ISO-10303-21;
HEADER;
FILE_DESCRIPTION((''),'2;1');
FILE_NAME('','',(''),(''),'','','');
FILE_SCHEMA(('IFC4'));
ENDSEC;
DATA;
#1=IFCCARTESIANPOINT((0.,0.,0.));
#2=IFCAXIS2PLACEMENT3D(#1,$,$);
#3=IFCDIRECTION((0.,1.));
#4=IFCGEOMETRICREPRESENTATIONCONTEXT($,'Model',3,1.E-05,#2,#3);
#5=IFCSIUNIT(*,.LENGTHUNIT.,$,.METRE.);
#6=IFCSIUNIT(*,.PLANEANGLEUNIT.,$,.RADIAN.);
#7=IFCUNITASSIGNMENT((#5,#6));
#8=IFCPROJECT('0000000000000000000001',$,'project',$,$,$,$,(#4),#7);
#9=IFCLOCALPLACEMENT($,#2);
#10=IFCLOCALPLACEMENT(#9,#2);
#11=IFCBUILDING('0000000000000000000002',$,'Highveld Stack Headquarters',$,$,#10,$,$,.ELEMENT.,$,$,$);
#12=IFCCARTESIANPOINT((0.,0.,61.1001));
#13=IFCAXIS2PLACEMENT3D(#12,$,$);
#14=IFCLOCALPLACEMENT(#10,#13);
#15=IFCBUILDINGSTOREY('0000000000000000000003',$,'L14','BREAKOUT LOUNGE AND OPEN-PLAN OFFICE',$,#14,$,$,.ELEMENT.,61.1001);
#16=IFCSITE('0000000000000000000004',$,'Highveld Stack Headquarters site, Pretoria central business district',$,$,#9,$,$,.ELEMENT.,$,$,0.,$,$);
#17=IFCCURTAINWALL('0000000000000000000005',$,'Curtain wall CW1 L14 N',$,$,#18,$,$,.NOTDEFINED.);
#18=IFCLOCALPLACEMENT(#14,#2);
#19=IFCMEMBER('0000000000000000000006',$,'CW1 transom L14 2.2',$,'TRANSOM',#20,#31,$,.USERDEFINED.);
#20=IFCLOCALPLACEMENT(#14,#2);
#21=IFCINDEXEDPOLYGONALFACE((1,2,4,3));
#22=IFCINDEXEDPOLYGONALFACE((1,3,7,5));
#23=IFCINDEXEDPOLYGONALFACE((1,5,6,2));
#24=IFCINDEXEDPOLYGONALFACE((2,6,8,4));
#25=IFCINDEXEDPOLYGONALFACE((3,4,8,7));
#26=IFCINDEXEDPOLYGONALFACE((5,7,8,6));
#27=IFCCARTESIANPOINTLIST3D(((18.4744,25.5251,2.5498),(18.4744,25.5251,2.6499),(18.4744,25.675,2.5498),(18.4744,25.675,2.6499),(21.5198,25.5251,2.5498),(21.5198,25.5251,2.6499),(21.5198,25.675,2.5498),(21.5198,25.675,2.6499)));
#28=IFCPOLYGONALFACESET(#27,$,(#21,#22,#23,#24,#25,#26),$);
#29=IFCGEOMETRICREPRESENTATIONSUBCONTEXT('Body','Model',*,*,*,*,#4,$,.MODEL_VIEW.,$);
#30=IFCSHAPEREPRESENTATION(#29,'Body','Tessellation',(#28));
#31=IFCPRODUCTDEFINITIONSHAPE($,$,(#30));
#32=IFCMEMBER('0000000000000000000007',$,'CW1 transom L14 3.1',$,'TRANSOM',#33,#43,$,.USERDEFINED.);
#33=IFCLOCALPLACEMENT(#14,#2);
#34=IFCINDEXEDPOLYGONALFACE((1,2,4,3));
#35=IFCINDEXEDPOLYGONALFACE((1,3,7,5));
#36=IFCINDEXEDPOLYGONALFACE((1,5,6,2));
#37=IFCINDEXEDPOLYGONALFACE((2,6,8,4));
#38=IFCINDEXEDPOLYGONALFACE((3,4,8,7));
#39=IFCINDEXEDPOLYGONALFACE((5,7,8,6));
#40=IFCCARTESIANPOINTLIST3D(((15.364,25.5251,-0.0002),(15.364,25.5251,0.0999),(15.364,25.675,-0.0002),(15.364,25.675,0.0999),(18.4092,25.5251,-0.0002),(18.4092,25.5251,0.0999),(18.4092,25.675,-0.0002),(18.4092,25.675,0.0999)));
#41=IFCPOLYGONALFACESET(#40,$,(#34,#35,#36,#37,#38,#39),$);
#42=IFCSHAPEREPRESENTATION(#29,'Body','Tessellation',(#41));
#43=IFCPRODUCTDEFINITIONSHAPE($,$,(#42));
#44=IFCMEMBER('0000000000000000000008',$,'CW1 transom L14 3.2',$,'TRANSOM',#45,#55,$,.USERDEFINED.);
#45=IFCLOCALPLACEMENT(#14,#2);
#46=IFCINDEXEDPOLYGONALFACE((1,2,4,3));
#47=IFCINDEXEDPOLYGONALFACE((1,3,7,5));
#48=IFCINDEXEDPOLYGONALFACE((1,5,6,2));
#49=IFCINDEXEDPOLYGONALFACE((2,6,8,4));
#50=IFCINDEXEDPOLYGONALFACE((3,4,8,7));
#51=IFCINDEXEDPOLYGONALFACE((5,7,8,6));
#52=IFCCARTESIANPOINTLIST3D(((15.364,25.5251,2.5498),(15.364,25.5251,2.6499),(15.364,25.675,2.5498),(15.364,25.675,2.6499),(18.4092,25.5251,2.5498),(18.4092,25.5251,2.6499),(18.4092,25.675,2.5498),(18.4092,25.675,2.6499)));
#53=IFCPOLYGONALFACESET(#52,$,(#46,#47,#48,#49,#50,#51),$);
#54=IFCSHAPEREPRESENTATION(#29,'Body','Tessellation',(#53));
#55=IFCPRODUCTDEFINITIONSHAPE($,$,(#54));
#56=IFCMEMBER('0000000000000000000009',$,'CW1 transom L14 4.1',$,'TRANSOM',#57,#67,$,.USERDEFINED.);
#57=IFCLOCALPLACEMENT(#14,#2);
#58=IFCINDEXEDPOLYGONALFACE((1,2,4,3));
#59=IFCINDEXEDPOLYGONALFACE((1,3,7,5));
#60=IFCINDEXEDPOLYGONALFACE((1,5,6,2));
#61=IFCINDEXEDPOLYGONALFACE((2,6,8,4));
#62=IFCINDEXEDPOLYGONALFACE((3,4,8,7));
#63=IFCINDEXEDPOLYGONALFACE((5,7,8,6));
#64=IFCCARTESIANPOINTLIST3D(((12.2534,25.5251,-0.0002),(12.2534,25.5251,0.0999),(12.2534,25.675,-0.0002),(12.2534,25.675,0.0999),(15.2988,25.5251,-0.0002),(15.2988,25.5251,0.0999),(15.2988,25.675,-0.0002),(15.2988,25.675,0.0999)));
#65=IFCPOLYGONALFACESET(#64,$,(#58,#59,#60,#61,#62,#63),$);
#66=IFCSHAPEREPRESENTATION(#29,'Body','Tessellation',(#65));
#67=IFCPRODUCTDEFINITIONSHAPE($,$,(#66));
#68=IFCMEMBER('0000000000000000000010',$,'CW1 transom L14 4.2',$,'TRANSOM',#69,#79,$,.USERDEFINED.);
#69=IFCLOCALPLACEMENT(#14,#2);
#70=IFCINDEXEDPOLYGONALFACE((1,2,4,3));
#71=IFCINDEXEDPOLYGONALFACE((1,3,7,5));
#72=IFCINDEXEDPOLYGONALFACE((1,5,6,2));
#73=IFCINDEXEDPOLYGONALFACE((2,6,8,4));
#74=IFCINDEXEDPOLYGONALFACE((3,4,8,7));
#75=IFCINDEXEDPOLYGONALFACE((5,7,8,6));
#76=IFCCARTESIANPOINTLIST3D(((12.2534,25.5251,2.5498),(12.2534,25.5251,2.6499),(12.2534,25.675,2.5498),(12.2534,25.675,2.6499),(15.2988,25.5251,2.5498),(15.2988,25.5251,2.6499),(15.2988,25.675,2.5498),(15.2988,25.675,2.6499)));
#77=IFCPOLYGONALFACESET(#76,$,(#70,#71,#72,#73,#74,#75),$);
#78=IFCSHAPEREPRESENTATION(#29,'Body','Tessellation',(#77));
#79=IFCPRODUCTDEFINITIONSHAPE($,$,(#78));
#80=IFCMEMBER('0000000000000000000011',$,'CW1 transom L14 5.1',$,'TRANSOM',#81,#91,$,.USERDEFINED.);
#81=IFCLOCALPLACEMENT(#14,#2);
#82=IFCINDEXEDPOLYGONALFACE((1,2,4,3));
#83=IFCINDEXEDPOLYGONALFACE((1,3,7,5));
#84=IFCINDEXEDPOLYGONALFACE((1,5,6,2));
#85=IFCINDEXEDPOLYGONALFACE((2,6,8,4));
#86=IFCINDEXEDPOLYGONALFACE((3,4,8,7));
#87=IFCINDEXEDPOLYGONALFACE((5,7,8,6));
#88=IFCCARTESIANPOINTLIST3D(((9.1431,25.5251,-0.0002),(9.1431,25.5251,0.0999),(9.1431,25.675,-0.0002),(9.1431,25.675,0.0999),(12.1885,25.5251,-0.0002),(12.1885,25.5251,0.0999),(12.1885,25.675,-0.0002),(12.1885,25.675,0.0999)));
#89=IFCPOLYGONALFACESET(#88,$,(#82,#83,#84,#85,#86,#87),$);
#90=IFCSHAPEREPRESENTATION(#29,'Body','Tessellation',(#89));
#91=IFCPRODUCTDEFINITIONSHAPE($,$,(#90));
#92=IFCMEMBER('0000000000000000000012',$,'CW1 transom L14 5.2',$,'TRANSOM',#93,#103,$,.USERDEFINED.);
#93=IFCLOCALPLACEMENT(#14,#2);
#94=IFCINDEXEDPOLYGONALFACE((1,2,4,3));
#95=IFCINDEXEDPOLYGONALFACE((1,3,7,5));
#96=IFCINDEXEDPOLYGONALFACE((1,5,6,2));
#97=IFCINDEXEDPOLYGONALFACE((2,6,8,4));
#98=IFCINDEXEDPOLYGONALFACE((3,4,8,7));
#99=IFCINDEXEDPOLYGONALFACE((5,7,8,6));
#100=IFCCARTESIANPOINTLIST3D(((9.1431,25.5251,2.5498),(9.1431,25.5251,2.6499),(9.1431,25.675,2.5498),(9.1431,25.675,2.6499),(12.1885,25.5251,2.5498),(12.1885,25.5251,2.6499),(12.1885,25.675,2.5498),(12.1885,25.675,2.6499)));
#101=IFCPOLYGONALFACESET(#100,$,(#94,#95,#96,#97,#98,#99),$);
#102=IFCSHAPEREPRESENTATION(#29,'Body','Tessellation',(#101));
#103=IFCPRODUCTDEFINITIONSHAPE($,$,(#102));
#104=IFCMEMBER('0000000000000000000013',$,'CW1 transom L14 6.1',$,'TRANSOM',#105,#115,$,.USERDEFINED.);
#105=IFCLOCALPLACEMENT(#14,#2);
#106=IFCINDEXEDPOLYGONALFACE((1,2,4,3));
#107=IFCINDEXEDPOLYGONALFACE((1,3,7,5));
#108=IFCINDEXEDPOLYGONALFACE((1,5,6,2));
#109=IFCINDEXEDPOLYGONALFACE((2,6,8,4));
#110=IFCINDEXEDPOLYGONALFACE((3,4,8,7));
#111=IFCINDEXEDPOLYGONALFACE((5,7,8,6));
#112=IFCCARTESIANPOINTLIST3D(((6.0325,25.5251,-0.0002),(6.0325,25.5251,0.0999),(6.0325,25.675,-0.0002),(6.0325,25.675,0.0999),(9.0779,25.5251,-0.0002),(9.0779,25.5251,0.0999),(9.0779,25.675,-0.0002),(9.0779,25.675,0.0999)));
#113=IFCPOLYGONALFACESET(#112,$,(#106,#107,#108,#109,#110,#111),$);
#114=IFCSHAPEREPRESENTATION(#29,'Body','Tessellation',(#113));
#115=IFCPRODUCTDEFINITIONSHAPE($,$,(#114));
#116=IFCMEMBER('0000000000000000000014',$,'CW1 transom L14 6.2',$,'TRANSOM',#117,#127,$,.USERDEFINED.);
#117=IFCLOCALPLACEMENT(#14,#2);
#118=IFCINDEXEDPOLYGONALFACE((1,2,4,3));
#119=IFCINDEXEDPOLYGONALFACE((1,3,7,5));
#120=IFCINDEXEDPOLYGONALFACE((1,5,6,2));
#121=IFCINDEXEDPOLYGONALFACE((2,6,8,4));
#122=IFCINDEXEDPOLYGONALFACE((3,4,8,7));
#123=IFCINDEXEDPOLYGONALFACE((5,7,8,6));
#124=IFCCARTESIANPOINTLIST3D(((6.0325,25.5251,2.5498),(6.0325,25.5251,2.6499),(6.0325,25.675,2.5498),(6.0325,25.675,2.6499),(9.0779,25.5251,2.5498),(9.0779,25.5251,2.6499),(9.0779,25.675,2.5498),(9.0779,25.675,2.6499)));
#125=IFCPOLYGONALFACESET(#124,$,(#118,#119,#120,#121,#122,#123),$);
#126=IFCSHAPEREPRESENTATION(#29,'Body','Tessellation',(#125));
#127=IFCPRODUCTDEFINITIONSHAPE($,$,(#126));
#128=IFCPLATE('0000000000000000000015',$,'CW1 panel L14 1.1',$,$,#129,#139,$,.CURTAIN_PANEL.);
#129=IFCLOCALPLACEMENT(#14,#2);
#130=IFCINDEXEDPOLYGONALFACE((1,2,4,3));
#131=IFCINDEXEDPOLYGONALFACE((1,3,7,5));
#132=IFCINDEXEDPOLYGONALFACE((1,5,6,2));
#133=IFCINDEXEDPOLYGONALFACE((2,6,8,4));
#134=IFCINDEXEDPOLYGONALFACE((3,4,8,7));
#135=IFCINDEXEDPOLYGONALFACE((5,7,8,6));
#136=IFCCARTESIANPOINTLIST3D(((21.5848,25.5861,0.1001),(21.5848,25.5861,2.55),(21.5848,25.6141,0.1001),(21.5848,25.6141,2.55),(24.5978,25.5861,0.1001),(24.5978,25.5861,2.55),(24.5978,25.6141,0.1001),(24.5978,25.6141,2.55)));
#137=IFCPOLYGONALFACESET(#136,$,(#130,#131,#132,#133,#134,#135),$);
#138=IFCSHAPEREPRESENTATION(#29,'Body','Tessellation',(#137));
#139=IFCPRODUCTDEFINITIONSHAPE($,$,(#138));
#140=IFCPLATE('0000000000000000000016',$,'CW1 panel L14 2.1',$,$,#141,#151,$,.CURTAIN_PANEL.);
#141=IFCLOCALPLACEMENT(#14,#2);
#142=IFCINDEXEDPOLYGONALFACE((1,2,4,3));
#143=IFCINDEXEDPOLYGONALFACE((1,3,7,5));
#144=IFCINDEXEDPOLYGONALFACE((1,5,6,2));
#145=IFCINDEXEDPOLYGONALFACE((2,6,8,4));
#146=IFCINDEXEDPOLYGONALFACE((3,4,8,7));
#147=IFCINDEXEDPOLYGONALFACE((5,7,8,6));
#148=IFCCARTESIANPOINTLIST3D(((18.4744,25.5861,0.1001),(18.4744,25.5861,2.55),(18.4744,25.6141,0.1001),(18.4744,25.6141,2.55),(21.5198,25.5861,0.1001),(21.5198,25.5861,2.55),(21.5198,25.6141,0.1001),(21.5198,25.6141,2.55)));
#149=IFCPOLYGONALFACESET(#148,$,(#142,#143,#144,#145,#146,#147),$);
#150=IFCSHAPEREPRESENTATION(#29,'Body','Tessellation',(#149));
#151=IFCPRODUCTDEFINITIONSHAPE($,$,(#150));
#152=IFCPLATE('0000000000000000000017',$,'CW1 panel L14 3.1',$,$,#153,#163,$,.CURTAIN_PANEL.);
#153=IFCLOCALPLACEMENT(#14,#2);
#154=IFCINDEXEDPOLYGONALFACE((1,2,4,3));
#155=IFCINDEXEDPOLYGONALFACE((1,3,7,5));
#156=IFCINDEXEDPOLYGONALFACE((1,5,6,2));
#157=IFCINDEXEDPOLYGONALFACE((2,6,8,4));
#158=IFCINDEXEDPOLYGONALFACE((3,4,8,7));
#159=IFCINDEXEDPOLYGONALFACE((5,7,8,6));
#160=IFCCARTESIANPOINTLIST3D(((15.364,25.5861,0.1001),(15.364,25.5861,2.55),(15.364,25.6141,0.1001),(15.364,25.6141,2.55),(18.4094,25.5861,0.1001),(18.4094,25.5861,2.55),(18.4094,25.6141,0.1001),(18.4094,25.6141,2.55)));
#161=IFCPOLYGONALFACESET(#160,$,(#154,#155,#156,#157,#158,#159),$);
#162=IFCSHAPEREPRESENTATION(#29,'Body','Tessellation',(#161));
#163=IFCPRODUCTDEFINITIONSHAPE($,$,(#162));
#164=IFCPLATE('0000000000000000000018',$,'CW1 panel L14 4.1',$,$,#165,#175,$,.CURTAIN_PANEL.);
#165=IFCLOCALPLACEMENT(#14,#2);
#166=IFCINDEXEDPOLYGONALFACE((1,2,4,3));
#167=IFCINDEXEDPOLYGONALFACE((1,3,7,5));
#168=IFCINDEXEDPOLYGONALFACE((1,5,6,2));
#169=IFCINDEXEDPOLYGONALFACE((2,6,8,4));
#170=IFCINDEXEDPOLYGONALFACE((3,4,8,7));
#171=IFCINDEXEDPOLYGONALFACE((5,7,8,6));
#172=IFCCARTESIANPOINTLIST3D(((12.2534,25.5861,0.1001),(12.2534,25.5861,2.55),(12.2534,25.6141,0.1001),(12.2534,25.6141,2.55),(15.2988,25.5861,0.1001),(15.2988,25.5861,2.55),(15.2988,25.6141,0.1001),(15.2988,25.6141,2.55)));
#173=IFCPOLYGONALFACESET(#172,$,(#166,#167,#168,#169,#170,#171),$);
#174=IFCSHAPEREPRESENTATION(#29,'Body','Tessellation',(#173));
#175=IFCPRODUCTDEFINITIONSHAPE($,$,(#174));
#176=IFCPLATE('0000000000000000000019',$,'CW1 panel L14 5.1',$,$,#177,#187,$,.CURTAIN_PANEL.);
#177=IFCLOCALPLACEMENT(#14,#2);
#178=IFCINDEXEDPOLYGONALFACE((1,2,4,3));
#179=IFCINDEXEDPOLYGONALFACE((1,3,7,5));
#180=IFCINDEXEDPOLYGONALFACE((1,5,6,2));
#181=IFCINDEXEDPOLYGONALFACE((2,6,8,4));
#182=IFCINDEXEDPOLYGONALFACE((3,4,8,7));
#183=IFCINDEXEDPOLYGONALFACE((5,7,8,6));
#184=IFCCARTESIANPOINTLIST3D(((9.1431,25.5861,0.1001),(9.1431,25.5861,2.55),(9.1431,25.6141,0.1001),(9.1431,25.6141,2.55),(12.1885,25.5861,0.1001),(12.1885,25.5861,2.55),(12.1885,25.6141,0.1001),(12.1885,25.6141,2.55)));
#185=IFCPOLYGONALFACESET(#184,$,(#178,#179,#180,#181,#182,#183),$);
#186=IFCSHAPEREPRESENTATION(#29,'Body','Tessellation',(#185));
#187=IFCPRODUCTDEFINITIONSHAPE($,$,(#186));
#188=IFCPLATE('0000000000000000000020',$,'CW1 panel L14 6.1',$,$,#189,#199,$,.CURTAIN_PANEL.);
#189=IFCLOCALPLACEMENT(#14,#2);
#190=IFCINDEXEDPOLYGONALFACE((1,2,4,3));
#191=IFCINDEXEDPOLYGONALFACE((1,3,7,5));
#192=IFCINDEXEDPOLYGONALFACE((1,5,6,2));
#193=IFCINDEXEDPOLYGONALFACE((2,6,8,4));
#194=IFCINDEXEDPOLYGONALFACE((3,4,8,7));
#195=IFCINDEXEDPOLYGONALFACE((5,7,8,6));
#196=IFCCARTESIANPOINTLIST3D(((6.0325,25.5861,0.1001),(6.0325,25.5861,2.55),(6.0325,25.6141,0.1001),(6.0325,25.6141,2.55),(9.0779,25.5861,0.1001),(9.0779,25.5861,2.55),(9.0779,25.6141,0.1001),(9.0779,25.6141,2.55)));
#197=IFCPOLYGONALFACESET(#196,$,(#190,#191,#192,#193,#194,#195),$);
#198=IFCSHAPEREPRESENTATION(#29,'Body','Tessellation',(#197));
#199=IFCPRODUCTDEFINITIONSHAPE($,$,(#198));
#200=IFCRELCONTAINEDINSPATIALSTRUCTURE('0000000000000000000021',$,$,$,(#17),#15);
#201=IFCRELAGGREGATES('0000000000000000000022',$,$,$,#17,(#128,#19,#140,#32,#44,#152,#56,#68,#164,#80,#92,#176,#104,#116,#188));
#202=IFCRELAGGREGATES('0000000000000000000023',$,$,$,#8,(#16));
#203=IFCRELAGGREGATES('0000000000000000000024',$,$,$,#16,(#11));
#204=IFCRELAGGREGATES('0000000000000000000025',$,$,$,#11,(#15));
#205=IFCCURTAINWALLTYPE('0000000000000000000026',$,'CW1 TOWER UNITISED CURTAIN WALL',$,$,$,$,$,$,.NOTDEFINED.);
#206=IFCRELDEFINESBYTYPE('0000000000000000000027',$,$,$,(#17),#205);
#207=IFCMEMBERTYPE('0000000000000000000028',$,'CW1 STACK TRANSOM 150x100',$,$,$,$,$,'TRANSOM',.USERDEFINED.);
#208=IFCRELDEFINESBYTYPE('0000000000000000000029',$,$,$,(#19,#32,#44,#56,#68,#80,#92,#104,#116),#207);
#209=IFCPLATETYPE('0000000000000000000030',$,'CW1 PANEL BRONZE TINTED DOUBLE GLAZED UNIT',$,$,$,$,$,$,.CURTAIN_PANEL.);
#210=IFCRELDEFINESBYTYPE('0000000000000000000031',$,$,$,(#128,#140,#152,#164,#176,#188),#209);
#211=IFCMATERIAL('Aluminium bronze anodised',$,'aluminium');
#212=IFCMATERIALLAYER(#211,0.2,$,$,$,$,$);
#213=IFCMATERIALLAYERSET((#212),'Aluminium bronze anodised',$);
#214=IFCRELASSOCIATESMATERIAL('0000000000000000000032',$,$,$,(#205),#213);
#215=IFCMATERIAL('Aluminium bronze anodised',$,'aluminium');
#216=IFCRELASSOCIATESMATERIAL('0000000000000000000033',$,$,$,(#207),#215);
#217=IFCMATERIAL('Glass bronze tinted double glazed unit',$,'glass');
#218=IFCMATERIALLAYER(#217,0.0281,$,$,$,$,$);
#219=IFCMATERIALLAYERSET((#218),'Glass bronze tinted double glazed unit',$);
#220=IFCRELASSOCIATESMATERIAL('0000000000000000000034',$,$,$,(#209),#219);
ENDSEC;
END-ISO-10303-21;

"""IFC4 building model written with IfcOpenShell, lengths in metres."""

from ifc_helpers import new_model, si_unit, direction, frame, origin, origin_2d, place, context, subcontext, project, spatial, rectangle, extrude, material, layer, layer_set, material_profile, profile_set, type_object, element, aggregate, save


model = new_model("IFC4")

# Units and contexts
model_context = context("Model", 3, precision=1e-05, world=origin(), true_north=direction((0.0, 1.0)))
body_context = subcontext(model_context, "Body", "Model", "MODEL_VIEW")
ifc_project = project(units=[si_unit("LENGTHUNIT", "METRE"), si_unit("PLANEANGLEUNIT", "RADIAN")], contexts=[model_context])

# Site, building, storey
site_placement = place(None, origin())
site = spatial("IfcSite", under=ifc_project, at=site_placement, Name="Highveld Stack Headquarters site, Pretoria central business district", CompositionType="ELEMENT", RefElevation=0.0)
building_placement = place(site_placement, origin())
building = spatial("IfcBuilding", under=site, at=building_placement, Name="Highveld Stack Headquarters", CompositionType="ELEMENT")
storey_placement = place(building_placement, frame((0.0, 0.0, 61.1001)))
storey = spatial("IfcBuildingStorey", under=building, at=storey_placement, Name="L14", Description="BREAKOUT LOUNGE AND OPEN-PLAN OFFICE", CompositionType="ELEMENT", Elevation=61.1001)

# Curtain wall, members, plates
ifc_material_1 = material(Name="Aluminium bronze anodised", Category="aluminium")
ifc_layer_1 = layer(ifc_material_1, 0.2)
ifc_layer_set_1 = layer_set([ifc_layer_1], Name="Aluminium bronze anodised")
curtain_wall_type = type_object("IfcCurtainWallType", Name="CW1 TOWER UNITISED CURTAIN WALL", PredefinedType="NOTDEFINED", material=ifc_layer_set_1)
curtain_wall_placement = place(storey_placement, origin())
curtain_wall = element("IfcCurtainWall", 1, at=curtain_wall_placement, inside=storey, type_object=curtain_wall_type, Name="Curtain wall CW1 L14 N", PredefinedType="NOTDEFINED")
ifc_material_2 = material(Name="Aluminium bronze anodised", Category="aluminium")
ifc_material_profile_1 = material_profile(ifc_material_2, rectangle(XDim=0.1499, YDim=0.1001, at=origin_2d()), Name="CW1 TRANSOM 150x100")
ifc_profile_set_1 = profile_set([ifc_material_profile_1], Name="Aluminium bronze anodised")
member_type_1 = type_object("IfcMemberType", Name="CW1 STACK TRANSOM 150x100", ElementType="TRANSOM", PredefinedType="USERDEFINED", material=ifc_profile_set_1)
member_1_placement = place(storey_placement, frame((21.5198, 25.6001, 2.5999), z_axis=(-1.0, 0.0, 0.0), x_axis=(0.0, -1.0, 0.0)))
member_1 = element("IfcMember", 2, at=member_1_placement, type_object=member_type_1, Name="CW1 transom L14 2.2", ObjectType="TRANSOM", PredefinedType="USERDEFINED", context=body_context, shape_type="SweptSolid", body=[
    extrude(rectangle(XDim=0.1499, YDim=0.1001, at=origin_2d()), origin(), (0.0, 0.0, 1.0), 3.0454),
])
member_2_placement = place(storey_placement, frame((18.4092, 25.6001, 0.0498), z_axis=(-1.0, 0.0, 0.0), x_axis=(0.0, -1.0, 0.0)))
member_2 = element("IfcMember", 3, at=member_2_placement, type_object=member_type_1, Name="CW1 transom L14 3.1", ObjectType="TRANSOM", PredefinedType="USERDEFINED", context=body_context, shape_type="SweptSolid", body=[
    extrude(rectangle(XDim=0.1499, YDim=0.1001, at=origin_2d()), origin(), (0.0, 0.0, 1.0), 3.0452),
])
member_3_placement = place(storey_placement, frame((18.4092, 25.6001, 2.5999), z_axis=(-1.0, 0.0, 0.0), x_axis=(0.0, -1.0, 0.0)))
member_3 = element("IfcMember", 4, at=member_3_placement, type_object=member_type_1, Name="CW1 transom L14 3.2", ObjectType="TRANSOM", PredefinedType="USERDEFINED", context=body_context, shape_type="SweptSolid", body=[
    extrude(rectangle(XDim=0.1499, YDim=0.1001, at=origin_2d()), origin(), (0.0, 0.0, 1.0), 3.0452),
])
member_4_placement = place(storey_placement, frame((15.2988, 25.6001, 0.0498), z_axis=(-1.0, 0.0, 0.0), x_axis=(0.0, -1.0, 0.0)))
member_4 = element("IfcMember", 5, at=member_4_placement, type_object=member_type_1, Name="CW1 transom L14 4.1", ObjectType="TRANSOM", PredefinedType="USERDEFINED", context=body_context, shape_type="SweptSolid", body=[
    extrude(rectangle(XDim=0.1499, YDim=0.1001, at=origin_2d()), origin(), (0.0, 0.0, 1.0), 3.0454),
])
member_5_placement = place(storey_placement, frame((15.2988, 25.6001, 2.5999), z_axis=(-1.0, 0.0, 0.0), x_axis=(0.0, -1.0, 0.0)))
member_5 = element("IfcMember", 6, at=member_5_placement, type_object=member_type_1, Name="CW1 transom L14 4.2", ObjectType="TRANSOM", PredefinedType="USERDEFINED", context=body_context, shape_type="SweptSolid", body=[
    extrude(rectangle(XDim=0.1499, YDim=0.1001, at=origin_2d()), origin(), (0.0, 0.0, 1.0), 3.0454),
])
member_6_placement = place(storey_placement, frame((12.1885, 25.6001, 0.0498), z_axis=(-1.0, 0.0, 0.0), x_axis=(0.0, -1.0, 0.0)))
member_6 = element("IfcMember", 7, at=member_6_placement, type_object=member_type_1, Name="CW1 transom L14 5.1", ObjectType="TRANSOM", PredefinedType="USERDEFINED", context=body_context, shape_type="SweptSolid", body=[
    extrude(rectangle(XDim=0.1499, YDim=0.1001, at=origin_2d()), origin(), (0.0, 0.0, 1.0), 3.0454),
])
member_7_placement = place(storey_placement, frame((12.1885, 25.6001, 2.5999), z_axis=(-1.0, 0.0, 0.0), x_axis=(0.0, -1.0, 0.0)))
member_7 = element("IfcMember", 8, at=member_7_placement, type_object=member_type_1, Name="CW1 transom L14 5.2", ObjectType="TRANSOM", PredefinedType="USERDEFINED", context=body_context, shape_type="SweptSolid", body=[
    extrude(rectangle(XDim=0.1499, YDim=0.1001, at=origin_2d()), origin(), (0.0, 0.0, 1.0), 3.0454),
])
member_8_placement = place(storey_placement, frame((9.0779, 25.6001, 0.0498), z_axis=(-1.0, 0.0, 0.0), x_axis=(0.0, -1.0, 0.0)))
member_8 = element("IfcMember", 9, at=member_8_placement, type_object=member_type_1, Name="CW1 transom L14 6.1", ObjectType="TRANSOM", PredefinedType="USERDEFINED", context=body_context, shape_type="SweptSolid", body=[
    extrude(rectangle(XDim=0.1499, YDim=0.1001, at=origin_2d()), origin(), (0.0, 0.0, 1.0), 3.0454),
])
member_9_placement = place(storey_placement, frame((9.0779, 25.6001, 2.5999), z_axis=(-1.0, 0.0, 0.0), x_axis=(0.0, -1.0, 0.0)))
member_9 = element("IfcMember", 10, at=member_9_placement, type_object=member_type_1, Name="CW1 transom L14 6.2", ObjectType="TRANSOM", PredefinedType="USERDEFINED", context=body_context, shape_type="SweptSolid", body=[
    extrude(rectangle(XDim=0.1499, YDim=0.1001, at=origin_2d()), origin(), (0.0, 0.0, 1.0), 3.0454),
])
ifc_material_3 = material(Name="Glass bronze tinted double glazed unit", Category="glass")
ifc_layer_2 = layer(ifc_material_3, 0.0281)
ifc_layer_set_2 = layer_set([ifc_layer_2], Name="Glass bronze tinted double glazed unit")
plate_type = type_object("IfcPlateType", Name="CW1 PANEL BRONZE TINTED DOUBLE GLAZED UNIT", PredefinedType="CURTAIN_PANEL", material=ifc_layer_set_2)
plate_1_placement = place(storey_placement, frame((23.0913, 25.6001, 0.1001), z_axis=(0.0, 0.0, 1.0), x_axis=(-1.0, 0.0, 0.0)))
plate_1 = element("IfcPlate", 11, at=plate_1_placement, type_object=plate_type, Name="CW1 panel L14 1.1", PredefinedType="CURTAIN_PANEL", context=body_context, shape_type="SweptSolid", body=[
    extrude(rectangle(XDim=3.0129, YDim=0.0281, at=origin_2d()), origin(), (0.0, 0.0, 1.0), 2.45),
])
plate_2_placement = place(storey_placement, frame((19.9971, 25.6001, 0.1001), z_axis=(0.0, 0.0, 1.0), x_axis=(-1.0, 0.0, 0.0)))
plate_2 = element("IfcPlate", 12, at=plate_2_placement, type_object=plate_type, Name="CW1 panel L14 2.1", PredefinedType="CURTAIN_PANEL", context=body_context, shape_type="SweptSolid", body=[
    extrude(rectangle(XDim=3.0454, YDim=0.0281, at=origin_2d()), origin(), (0.0, 0.0, 1.0), 2.45),
])
plate_3_placement = place(storey_placement, frame((16.8867, 25.6001, 0.1001), z_axis=(0.0, 0.0, 1.0), x_axis=(-1.0, 0.0, 0.0)))
plate_3 = element("IfcPlate", 13, at=plate_3_placement, type_object=plate_type, Name="CW1 panel L14 3.1", PredefinedType="CURTAIN_PANEL", context=body_context, shape_type="SweptSolid", body=[
    extrude(rectangle(XDim=3.0454, YDim=0.0281, at=origin_2d()), origin(), (0.0, 0.0, 1.0), 2.45),
])
plate_4_placement = place(storey_placement, frame((13.7761, 25.6001, 0.1001), z_axis=(0.0, 0.0, 1.0), x_axis=(-1.0, 0.0, 0.0)))
plate_4 = element("IfcPlate", 14, at=plate_4_placement, type_object=plate_type, Name="CW1 panel L14 4.1", PredefinedType="CURTAIN_PANEL", context=body_context, shape_type="SweptSolid", body=[
    extrude(rectangle(XDim=3.0454, YDim=0.0281, at=origin_2d()), origin(), (0.0, 0.0, 1.0), 2.45),
])
plate_5_placement = place(storey_placement, frame((10.6658, 25.6001, 0.1001), z_axis=(0.0, 0.0, 1.0), x_axis=(-1.0, 0.0, 0.0)))
plate_5 = element("IfcPlate", 15, at=plate_5_placement, type_object=plate_type, Name="CW1 panel L14 5.1", PredefinedType="CURTAIN_PANEL", context=body_context, shape_type="SweptSolid", body=[
    extrude(rectangle(XDim=3.0454, YDim=0.0281, at=origin_2d()), origin(), (0.0, 0.0, 1.0), 2.45),
])
plate_6_placement = place(storey_placement, frame((7.5552, 25.6001, 0.1001), z_axis=(0.0, 0.0, 1.0), x_axis=(-1.0, 0.0, 0.0)))
plate_6 = element("IfcPlate", 16, at=plate_6_placement, type_object=plate_type, Name="CW1 panel L14 6.1", PredefinedType="CURTAIN_PANEL", context=body_context, shape_type="SweptSolid", body=[
    extrude(rectangle(XDim=3.0454, YDim=0.0281, at=origin_2d()), origin(), (0.0, 0.0, 1.0), 2.45),
])
aggregate(curtain_wall, [plate_1, member_1, plate_2, member_2, member_3, plate_3, member_4, member_5, plate_4, member_6, member_7, plate_5, member_8, member_9, plate_6])

save(model, "model.ifc")
